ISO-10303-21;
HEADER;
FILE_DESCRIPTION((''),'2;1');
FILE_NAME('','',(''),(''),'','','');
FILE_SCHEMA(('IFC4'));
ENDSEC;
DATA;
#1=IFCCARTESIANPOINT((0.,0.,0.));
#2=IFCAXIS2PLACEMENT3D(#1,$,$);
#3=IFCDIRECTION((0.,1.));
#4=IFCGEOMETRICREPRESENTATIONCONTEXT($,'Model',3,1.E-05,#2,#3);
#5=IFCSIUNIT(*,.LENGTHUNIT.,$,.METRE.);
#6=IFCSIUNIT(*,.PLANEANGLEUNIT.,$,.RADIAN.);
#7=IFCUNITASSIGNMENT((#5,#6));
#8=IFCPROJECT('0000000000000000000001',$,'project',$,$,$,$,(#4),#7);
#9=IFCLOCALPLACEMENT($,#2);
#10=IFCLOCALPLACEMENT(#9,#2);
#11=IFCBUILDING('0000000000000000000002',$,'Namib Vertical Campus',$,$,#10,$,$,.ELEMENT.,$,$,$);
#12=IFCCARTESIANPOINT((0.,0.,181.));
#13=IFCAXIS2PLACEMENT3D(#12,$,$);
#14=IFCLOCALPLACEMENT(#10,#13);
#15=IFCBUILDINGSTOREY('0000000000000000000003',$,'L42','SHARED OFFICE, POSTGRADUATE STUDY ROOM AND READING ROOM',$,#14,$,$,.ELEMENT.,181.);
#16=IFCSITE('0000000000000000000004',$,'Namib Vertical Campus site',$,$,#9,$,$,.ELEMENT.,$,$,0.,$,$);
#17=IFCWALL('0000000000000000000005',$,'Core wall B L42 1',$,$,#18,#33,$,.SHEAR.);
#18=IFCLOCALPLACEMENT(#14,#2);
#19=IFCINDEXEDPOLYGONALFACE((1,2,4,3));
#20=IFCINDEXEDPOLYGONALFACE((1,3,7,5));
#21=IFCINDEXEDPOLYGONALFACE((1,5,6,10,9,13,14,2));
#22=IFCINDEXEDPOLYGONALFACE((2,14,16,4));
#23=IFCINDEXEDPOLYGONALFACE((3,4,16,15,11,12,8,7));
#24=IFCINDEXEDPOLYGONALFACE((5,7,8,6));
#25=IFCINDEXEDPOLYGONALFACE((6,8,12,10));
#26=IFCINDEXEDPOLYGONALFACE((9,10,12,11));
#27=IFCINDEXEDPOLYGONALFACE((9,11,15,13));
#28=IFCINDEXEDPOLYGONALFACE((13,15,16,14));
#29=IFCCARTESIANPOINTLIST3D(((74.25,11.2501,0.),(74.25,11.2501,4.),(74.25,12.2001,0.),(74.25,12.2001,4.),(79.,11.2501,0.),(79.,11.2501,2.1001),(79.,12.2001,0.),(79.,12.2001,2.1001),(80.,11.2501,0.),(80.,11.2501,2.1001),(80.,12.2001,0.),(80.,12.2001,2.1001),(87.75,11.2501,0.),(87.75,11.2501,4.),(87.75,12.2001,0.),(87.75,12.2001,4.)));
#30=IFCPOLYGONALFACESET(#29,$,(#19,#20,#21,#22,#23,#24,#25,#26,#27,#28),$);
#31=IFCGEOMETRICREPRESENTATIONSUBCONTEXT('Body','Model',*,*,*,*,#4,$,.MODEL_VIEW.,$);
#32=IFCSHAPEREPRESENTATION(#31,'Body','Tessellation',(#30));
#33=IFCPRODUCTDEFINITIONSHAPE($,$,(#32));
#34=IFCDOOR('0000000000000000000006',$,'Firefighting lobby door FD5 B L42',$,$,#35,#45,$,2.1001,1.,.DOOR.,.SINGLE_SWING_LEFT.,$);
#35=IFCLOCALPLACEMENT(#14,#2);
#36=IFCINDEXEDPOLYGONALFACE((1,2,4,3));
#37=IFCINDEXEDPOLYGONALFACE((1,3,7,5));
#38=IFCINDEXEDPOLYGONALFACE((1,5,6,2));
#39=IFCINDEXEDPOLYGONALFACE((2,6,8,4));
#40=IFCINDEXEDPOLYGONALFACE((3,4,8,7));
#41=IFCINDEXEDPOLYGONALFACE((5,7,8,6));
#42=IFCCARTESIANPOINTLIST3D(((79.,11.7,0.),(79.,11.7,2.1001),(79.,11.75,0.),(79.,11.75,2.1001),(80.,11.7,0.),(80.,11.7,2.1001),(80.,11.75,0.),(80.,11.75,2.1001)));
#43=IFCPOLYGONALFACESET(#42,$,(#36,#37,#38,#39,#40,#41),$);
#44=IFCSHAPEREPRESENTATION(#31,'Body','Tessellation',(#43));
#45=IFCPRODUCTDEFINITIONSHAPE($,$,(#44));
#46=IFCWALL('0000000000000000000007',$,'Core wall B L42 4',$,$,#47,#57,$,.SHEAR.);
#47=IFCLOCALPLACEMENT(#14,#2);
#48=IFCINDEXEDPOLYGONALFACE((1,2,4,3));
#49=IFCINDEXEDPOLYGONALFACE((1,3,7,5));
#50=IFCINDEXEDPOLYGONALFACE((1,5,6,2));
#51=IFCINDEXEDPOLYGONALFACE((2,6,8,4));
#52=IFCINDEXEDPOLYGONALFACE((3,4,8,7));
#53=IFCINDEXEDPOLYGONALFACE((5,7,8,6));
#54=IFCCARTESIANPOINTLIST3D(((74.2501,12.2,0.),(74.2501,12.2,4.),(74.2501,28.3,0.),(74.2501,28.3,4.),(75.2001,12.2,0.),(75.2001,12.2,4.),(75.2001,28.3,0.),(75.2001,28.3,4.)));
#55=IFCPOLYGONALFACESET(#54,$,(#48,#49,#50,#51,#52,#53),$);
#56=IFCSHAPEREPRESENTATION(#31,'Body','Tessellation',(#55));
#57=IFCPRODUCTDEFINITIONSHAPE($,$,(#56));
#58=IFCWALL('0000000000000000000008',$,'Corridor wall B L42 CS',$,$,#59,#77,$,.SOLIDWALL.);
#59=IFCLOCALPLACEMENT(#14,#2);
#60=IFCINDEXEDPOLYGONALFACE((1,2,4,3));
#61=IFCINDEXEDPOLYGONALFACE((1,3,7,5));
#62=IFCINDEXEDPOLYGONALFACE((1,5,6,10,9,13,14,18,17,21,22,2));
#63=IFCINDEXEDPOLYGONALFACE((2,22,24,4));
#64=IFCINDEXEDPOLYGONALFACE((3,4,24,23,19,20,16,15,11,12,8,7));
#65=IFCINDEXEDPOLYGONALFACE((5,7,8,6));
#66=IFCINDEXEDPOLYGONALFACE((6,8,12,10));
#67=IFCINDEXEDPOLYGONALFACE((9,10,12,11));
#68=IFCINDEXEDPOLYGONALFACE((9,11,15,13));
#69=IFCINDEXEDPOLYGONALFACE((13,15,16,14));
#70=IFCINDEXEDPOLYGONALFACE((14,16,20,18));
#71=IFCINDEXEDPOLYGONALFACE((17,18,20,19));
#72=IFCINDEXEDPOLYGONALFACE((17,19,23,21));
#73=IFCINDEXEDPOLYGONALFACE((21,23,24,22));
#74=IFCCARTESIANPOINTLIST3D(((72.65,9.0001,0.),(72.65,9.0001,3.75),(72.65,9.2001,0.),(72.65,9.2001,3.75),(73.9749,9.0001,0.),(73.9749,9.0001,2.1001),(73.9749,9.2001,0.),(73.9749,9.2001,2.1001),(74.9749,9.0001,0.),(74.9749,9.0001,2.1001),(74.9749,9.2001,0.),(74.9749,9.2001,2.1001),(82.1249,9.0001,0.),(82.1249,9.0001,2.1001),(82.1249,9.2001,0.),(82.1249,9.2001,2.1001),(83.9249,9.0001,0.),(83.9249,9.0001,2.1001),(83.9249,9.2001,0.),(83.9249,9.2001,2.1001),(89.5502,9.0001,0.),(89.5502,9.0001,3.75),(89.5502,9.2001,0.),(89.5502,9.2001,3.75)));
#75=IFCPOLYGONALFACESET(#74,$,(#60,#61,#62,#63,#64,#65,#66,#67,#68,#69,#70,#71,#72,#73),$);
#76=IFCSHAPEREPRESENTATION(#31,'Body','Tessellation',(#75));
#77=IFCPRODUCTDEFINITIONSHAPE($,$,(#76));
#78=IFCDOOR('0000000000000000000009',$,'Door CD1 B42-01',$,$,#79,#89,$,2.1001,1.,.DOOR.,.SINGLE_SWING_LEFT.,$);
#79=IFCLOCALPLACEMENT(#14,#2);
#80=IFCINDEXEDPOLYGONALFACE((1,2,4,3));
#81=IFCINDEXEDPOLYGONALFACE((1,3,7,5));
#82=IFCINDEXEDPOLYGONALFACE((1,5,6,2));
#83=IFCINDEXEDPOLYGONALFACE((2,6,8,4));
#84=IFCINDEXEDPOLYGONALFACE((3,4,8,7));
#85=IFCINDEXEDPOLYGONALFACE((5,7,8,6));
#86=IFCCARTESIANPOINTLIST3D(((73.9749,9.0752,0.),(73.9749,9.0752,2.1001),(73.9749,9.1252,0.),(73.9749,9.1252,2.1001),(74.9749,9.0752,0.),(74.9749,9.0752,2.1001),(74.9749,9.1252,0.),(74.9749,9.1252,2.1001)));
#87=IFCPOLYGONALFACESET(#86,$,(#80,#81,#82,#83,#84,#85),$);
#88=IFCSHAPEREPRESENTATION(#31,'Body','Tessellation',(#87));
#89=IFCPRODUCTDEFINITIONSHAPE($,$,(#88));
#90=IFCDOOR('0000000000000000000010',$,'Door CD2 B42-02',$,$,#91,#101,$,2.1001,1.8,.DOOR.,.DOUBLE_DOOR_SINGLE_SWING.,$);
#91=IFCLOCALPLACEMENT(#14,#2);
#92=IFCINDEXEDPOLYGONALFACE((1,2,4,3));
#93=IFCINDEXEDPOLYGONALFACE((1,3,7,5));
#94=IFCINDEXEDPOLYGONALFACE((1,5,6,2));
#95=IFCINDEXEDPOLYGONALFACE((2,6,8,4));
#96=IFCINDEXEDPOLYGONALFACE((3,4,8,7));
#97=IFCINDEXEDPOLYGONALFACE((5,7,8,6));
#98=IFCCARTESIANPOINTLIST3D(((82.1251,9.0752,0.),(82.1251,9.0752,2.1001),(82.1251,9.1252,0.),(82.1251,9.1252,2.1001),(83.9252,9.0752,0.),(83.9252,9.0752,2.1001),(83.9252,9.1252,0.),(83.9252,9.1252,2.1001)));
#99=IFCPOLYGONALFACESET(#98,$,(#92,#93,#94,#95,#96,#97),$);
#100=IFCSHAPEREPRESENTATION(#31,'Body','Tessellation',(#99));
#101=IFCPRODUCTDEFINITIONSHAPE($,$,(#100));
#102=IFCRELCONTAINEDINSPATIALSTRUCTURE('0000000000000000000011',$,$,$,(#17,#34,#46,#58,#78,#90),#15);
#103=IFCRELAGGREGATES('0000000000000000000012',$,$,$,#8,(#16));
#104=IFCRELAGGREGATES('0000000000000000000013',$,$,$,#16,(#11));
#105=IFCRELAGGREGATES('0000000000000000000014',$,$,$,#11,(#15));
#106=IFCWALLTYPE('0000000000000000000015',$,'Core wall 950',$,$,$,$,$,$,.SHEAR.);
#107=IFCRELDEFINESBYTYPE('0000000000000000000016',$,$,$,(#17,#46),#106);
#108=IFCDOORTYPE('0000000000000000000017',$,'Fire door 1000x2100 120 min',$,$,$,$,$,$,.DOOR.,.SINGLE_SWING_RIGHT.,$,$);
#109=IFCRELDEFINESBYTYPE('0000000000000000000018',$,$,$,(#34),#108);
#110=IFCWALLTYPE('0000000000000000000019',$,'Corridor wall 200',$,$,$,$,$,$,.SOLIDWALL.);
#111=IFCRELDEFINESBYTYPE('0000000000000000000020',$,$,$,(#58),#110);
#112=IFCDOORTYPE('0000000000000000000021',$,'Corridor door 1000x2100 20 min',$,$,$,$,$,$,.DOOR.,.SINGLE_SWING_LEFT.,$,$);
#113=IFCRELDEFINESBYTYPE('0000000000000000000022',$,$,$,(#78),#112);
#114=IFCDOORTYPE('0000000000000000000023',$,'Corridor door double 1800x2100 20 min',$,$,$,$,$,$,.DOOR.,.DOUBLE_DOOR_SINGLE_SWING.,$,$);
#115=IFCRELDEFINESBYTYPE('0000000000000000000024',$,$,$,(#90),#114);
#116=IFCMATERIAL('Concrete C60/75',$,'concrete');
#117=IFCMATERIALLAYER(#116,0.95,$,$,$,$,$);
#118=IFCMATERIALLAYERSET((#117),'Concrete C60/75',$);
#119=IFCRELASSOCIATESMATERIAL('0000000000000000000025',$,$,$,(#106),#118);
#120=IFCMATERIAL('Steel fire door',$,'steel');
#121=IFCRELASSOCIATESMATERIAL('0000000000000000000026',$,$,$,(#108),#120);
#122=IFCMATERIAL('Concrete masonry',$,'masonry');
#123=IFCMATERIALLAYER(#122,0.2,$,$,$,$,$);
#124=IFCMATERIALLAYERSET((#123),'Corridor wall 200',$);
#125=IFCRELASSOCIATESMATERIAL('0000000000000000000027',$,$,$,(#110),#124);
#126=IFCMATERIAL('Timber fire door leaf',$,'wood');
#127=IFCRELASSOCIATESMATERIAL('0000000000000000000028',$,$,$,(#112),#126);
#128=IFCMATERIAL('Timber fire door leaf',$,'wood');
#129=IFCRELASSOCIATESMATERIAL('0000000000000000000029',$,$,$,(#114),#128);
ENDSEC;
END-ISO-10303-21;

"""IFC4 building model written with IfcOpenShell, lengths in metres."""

from ifc_helpers import new_model, si_unit, direction, frame, frame_2d, origin, place, context, subcontext, project, spatial, rectangle, extrude, material, layer, layer_set, type_object, element, fill, save


model = new_model("IFC4")

# Units and contexts
model_context = context("Model", 3, precision=1e-05, world=origin(), true_north=direction((0.0, 1.0)))
body_context = subcontext(model_context, "Body", "Model", "MODEL_VIEW")
ifc_project = project(units=[si_unit("LENGTHUNIT", "METRE"), si_unit("PLANEANGLEUNIT", "RADIAN")], contexts=[model_context])

# Site, building, storey
site_placement = place(None, origin())
site = spatial("IfcSite", under=ifc_project, at=site_placement, Name="Namib Vertical Campus site", CompositionType="ELEMENT", RefElevation=0.0)
building_placement = place(site_placement, origin())
building = spatial("IfcBuilding", under=site, at=building_placement, Name="Namib Vertical Campus", CompositionType="ELEMENT")
storey_placement = place(building_placement, frame((0.0, 0.0, 181.0)))
storey = spatial("IfcBuildingStorey", under=building, at=storey_placement, Name="L42", Description="SHARED OFFICE, POSTGRADUATE STUDY ROOM AND READING ROOM", CompositionType="ELEMENT", Elevation=181.0)

# Wall, opening, door
ifc_material_1 = material(Name="Concrete C60/75", Category="concrete")
ifc_layer_1 = layer(ifc_material_1, 0.95)
ifc_layer_set_1 = layer_set([ifc_layer_1], Name="Concrete C60/75")
wall_type_1 = type_object("IfcWallType", Name="Core wall 950", PredefinedType="SHEAR", material=ifc_layer_set_1)
wall_1_placement = place(storey_placement, frame((74.25, 11.7251, 0.0), z_axis=(0.0, 0.0, 1.0), x_axis=(1.0, 0.0, 0.0)))
wall_1 = element("IfcWall", 1, at=wall_1_placement, inside=storey, type_object=wall_type_1, Name="Core wall B L42 1", PredefinedType="SHEAR", context=body_context, shape_type="SweptSolid", body=[
    extrude(rectangle(XDim=13.5, YDim=0.95, at=frame_2d((6.75, 0.0))), origin(), (0.0, 0.0, 1.0), 4.0),
])
opening_1_placement = place(wall_1_placement, frame((4.75, 0.0, 0.0)))
opening_1 = element("IfcOpeningElement", 2, at=opening_1_placement, cuts=wall_1, PredefinedType="OPENING", context=body_context, shape_type="SweptSolid", body=[
    extrude(rectangle(XDim=1.0, YDim=2.1001, at=frame_2d((0.5, 1.05))), frame((0.0, 0.4849, 0.0), z_axis=(0.0, -1.0, 0.0), x_axis=(1.0, 0.0, 0.0)), (0.0, 0.0, 1.0), 0.97),
])
ifc_material_2 = material(Name="Steel fire door", Category="steel")
door_type_1 = type_object("IfcDoorType", Name="Fire door 1000x2100 120 min", OperationType="SINGLE_SWING_RIGHT", PredefinedType="DOOR", material=ifc_material_2)
door_1_placement = place(opening_1_placement, origin())
door_1 = element("IfcDoor", 3, at=door_1_placement, inside=storey, type_object=door_type_1, Name="Firefighting lobby door FD5 B L42", OperationType="SINGLE_SWING_LEFT", OverallHeight=2.1001, OverallWidth=1.0, PredefinedType="DOOR", context=body_context, shape_type="SweptSolid", body=[
    extrude(rectangle(XDim=1.0, YDim=2.1001, at=frame_2d((0.5, 1.05))), frame((0.0, 0.0249, 0.0), z_axis=(0.0, -1.0, 0.0), x_axis=(1.0, 0.0, 0.0)), (0.0, 0.0, 1.0), 0.05),
])
fill(opening_1, door_1)

# Wall
wall_2_placement = place(storey_placement, frame((74.7251, 28.3, 0.0), z_axis=(0.0, 0.0, 1.0), x_axis=(0.0, -1.0, 0.0)))
element("IfcWall", 4, at=wall_2_placement, inside=storey, type_object=wall_type_1, Name="Core wall B L42 4", PredefinedType="SHEAR", context=body_context, shape_type="SweptSolid", body=[
    extrude(rectangle(XDim=16.1001, YDim=0.95, at=frame_2d((8.05, 0.0))), origin(), (0.0, 0.0, 1.0), 4.0),
])

# Wall, openings, doors
ifc_material_3 = material(Name="Concrete masonry", Category="masonry")
ifc_layer_2 = layer(ifc_material_3, 0.2)
ifc_layer_set_2 = layer_set([ifc_layer_2], Name="Corridor wall 200")
wall_type_2 = type_object("IfcWallType", Name="Corridor wall 200", PredefinedType="SOLIDWALL", material=ifc_layer_set_2)
wall_3_placement = place(storey_placement, frame((72.6499, 9.1001, 0.0), z_axis=(0.0, 0.0, 1.0), x_axis=(1.0, 0.0, 0.0)))
wall_3 = element("IfcWall", 5, at=wall_3_placement, inside=storey, type_object=wall_type_2, Name="Corridor wall B L42 CS", PredefinedType="SOLIDWALL", context=body_context, shape_type="SweptSolid", body=[
    extrude(rectangle(XDim=16.9001, YDim=0.2, at=frame_2d((8.4502, 0.0))), origin(), (0.0, 0.0, 1.0), 3.75),
])
opening_2_placement = place(wall_3_placement, frame((1.325, 0.0, 0.0)))
opening_2 = element("IfcOpeningElement", 6, at=opening_2_placement, cuts=wall_3, PredefinedType="OPENING", context=body_context, shape_type="SweptSolid", body=[
    extrude(rectangle(XDim=1.0, YDim=2.1001, at=frame_2d((0.5, 1.05))), frame((0.0, 0.1099, 0.0), z_axis=(0.0, -1.0, 0.0), x_axis=(1.0, 0.0, 0.0)), (0.0, 0.0, 1.0), 0.22),
])
opening_3_placement = place(wall_3_placement, frame((9.4751, 0.0, 0.0)))
opening_3 = element("IfcOpeningElement", 7, at=opening_3_placement, cuts=wall_3, PredefinedType="OPENING", context=body_context, shape_type="SweptSolid", body=[
    extrude(rectangle(XDim=1.8, YDim=2.1001, at=frame_2d((0.8999, 1.05))), frame((0.0, 0.1099, 0.0), z_axis=(0.0, -1.0, 0.0), x_axis=(1.0, 0.0, 0.0)), (0.0, 0.0, 1.0), 0.22),
])
ifc_material_4 = material(Name="Timber fire door leaf", Category="wood")
door_type_2 = type_object("IfcDoorType", Name="Corridor door 1000x2100 20 min", OperationType="SINGLE_SWING_LEFT", PredefinedType="DOOR", material=ifc_material_4)
door_2_placement = place(opening_2_placement, frame((1.0, 0.0, 0.0), z_axis=(0.0, 0.0, 1.0), x_axis=(-1.0, 0.0, 0.0)))
door_2 = element("IfcDoor", 8, at=door_2_placement, inside=storey, type_object=door_type_2, Name="Door CD1 B42-01", OperationType="SINGLE_SWING_LEFT", OverallHeight=2.1001, OverallWidth=1.0, PredefinedType="DOOR", context=body_context, shape_type="SweptSolid", body=[
    extrude(rectangle(XDim=1.0, YDim=2.1001, at=frame_2d((0.5, 1.05))), frame((0.0, 0.0249, 0.0), z_axis=(0.0, -1.0, 0.0), x_axis=(1.0, 0.0, 0.0)), (0.0, 0.0, 1.0), 0.05),
])
fill(opening_2, door_2)
ifc_material_5 = material(Name="Timber fire door leaf", Category="wood")
door_type_3 = type_object("IfcDoorType", Name="Corridor door double 1800x2100 20 min", OperationType="DOUBLE_DOOR_SINGLE_SWING", PredefinedType="DOOR", material=ifc_material_5)
door_3_placement = place(opening_3_placement, frame((1.8, 0.0, 0.0), z_axis=(0.0, 0.0, 1.0), x_axis=(-1.0, 0.0, 0.0)))
door_3 = element("IfcDoor", 9, at=door_3_placement, inside=storey, type_object=door_type_3, Name="Door CD2 B42-02", OperationType="DOUBLE_DOOR_SINGLE_SWING", OverallHeight=2.1001, OverallWidth=1.8, PredefinedType="DOOR", context=body_context, shape_type="SweptSolid", body=[
    extrude(rectangle(XDim=1.8, YDim=2.1001, at=frame_2d((0.8999, 1.05))), frame((0.0, 0.0249, 0.0), z_axis=(0.0, -1.0, 0.0), x_axis=(1.0, 0.0, 0.0)), (0.0, 0.0, 1.0), 0.05),
])
fill(opening_3, door_3)

save(model, "model.ifc")
